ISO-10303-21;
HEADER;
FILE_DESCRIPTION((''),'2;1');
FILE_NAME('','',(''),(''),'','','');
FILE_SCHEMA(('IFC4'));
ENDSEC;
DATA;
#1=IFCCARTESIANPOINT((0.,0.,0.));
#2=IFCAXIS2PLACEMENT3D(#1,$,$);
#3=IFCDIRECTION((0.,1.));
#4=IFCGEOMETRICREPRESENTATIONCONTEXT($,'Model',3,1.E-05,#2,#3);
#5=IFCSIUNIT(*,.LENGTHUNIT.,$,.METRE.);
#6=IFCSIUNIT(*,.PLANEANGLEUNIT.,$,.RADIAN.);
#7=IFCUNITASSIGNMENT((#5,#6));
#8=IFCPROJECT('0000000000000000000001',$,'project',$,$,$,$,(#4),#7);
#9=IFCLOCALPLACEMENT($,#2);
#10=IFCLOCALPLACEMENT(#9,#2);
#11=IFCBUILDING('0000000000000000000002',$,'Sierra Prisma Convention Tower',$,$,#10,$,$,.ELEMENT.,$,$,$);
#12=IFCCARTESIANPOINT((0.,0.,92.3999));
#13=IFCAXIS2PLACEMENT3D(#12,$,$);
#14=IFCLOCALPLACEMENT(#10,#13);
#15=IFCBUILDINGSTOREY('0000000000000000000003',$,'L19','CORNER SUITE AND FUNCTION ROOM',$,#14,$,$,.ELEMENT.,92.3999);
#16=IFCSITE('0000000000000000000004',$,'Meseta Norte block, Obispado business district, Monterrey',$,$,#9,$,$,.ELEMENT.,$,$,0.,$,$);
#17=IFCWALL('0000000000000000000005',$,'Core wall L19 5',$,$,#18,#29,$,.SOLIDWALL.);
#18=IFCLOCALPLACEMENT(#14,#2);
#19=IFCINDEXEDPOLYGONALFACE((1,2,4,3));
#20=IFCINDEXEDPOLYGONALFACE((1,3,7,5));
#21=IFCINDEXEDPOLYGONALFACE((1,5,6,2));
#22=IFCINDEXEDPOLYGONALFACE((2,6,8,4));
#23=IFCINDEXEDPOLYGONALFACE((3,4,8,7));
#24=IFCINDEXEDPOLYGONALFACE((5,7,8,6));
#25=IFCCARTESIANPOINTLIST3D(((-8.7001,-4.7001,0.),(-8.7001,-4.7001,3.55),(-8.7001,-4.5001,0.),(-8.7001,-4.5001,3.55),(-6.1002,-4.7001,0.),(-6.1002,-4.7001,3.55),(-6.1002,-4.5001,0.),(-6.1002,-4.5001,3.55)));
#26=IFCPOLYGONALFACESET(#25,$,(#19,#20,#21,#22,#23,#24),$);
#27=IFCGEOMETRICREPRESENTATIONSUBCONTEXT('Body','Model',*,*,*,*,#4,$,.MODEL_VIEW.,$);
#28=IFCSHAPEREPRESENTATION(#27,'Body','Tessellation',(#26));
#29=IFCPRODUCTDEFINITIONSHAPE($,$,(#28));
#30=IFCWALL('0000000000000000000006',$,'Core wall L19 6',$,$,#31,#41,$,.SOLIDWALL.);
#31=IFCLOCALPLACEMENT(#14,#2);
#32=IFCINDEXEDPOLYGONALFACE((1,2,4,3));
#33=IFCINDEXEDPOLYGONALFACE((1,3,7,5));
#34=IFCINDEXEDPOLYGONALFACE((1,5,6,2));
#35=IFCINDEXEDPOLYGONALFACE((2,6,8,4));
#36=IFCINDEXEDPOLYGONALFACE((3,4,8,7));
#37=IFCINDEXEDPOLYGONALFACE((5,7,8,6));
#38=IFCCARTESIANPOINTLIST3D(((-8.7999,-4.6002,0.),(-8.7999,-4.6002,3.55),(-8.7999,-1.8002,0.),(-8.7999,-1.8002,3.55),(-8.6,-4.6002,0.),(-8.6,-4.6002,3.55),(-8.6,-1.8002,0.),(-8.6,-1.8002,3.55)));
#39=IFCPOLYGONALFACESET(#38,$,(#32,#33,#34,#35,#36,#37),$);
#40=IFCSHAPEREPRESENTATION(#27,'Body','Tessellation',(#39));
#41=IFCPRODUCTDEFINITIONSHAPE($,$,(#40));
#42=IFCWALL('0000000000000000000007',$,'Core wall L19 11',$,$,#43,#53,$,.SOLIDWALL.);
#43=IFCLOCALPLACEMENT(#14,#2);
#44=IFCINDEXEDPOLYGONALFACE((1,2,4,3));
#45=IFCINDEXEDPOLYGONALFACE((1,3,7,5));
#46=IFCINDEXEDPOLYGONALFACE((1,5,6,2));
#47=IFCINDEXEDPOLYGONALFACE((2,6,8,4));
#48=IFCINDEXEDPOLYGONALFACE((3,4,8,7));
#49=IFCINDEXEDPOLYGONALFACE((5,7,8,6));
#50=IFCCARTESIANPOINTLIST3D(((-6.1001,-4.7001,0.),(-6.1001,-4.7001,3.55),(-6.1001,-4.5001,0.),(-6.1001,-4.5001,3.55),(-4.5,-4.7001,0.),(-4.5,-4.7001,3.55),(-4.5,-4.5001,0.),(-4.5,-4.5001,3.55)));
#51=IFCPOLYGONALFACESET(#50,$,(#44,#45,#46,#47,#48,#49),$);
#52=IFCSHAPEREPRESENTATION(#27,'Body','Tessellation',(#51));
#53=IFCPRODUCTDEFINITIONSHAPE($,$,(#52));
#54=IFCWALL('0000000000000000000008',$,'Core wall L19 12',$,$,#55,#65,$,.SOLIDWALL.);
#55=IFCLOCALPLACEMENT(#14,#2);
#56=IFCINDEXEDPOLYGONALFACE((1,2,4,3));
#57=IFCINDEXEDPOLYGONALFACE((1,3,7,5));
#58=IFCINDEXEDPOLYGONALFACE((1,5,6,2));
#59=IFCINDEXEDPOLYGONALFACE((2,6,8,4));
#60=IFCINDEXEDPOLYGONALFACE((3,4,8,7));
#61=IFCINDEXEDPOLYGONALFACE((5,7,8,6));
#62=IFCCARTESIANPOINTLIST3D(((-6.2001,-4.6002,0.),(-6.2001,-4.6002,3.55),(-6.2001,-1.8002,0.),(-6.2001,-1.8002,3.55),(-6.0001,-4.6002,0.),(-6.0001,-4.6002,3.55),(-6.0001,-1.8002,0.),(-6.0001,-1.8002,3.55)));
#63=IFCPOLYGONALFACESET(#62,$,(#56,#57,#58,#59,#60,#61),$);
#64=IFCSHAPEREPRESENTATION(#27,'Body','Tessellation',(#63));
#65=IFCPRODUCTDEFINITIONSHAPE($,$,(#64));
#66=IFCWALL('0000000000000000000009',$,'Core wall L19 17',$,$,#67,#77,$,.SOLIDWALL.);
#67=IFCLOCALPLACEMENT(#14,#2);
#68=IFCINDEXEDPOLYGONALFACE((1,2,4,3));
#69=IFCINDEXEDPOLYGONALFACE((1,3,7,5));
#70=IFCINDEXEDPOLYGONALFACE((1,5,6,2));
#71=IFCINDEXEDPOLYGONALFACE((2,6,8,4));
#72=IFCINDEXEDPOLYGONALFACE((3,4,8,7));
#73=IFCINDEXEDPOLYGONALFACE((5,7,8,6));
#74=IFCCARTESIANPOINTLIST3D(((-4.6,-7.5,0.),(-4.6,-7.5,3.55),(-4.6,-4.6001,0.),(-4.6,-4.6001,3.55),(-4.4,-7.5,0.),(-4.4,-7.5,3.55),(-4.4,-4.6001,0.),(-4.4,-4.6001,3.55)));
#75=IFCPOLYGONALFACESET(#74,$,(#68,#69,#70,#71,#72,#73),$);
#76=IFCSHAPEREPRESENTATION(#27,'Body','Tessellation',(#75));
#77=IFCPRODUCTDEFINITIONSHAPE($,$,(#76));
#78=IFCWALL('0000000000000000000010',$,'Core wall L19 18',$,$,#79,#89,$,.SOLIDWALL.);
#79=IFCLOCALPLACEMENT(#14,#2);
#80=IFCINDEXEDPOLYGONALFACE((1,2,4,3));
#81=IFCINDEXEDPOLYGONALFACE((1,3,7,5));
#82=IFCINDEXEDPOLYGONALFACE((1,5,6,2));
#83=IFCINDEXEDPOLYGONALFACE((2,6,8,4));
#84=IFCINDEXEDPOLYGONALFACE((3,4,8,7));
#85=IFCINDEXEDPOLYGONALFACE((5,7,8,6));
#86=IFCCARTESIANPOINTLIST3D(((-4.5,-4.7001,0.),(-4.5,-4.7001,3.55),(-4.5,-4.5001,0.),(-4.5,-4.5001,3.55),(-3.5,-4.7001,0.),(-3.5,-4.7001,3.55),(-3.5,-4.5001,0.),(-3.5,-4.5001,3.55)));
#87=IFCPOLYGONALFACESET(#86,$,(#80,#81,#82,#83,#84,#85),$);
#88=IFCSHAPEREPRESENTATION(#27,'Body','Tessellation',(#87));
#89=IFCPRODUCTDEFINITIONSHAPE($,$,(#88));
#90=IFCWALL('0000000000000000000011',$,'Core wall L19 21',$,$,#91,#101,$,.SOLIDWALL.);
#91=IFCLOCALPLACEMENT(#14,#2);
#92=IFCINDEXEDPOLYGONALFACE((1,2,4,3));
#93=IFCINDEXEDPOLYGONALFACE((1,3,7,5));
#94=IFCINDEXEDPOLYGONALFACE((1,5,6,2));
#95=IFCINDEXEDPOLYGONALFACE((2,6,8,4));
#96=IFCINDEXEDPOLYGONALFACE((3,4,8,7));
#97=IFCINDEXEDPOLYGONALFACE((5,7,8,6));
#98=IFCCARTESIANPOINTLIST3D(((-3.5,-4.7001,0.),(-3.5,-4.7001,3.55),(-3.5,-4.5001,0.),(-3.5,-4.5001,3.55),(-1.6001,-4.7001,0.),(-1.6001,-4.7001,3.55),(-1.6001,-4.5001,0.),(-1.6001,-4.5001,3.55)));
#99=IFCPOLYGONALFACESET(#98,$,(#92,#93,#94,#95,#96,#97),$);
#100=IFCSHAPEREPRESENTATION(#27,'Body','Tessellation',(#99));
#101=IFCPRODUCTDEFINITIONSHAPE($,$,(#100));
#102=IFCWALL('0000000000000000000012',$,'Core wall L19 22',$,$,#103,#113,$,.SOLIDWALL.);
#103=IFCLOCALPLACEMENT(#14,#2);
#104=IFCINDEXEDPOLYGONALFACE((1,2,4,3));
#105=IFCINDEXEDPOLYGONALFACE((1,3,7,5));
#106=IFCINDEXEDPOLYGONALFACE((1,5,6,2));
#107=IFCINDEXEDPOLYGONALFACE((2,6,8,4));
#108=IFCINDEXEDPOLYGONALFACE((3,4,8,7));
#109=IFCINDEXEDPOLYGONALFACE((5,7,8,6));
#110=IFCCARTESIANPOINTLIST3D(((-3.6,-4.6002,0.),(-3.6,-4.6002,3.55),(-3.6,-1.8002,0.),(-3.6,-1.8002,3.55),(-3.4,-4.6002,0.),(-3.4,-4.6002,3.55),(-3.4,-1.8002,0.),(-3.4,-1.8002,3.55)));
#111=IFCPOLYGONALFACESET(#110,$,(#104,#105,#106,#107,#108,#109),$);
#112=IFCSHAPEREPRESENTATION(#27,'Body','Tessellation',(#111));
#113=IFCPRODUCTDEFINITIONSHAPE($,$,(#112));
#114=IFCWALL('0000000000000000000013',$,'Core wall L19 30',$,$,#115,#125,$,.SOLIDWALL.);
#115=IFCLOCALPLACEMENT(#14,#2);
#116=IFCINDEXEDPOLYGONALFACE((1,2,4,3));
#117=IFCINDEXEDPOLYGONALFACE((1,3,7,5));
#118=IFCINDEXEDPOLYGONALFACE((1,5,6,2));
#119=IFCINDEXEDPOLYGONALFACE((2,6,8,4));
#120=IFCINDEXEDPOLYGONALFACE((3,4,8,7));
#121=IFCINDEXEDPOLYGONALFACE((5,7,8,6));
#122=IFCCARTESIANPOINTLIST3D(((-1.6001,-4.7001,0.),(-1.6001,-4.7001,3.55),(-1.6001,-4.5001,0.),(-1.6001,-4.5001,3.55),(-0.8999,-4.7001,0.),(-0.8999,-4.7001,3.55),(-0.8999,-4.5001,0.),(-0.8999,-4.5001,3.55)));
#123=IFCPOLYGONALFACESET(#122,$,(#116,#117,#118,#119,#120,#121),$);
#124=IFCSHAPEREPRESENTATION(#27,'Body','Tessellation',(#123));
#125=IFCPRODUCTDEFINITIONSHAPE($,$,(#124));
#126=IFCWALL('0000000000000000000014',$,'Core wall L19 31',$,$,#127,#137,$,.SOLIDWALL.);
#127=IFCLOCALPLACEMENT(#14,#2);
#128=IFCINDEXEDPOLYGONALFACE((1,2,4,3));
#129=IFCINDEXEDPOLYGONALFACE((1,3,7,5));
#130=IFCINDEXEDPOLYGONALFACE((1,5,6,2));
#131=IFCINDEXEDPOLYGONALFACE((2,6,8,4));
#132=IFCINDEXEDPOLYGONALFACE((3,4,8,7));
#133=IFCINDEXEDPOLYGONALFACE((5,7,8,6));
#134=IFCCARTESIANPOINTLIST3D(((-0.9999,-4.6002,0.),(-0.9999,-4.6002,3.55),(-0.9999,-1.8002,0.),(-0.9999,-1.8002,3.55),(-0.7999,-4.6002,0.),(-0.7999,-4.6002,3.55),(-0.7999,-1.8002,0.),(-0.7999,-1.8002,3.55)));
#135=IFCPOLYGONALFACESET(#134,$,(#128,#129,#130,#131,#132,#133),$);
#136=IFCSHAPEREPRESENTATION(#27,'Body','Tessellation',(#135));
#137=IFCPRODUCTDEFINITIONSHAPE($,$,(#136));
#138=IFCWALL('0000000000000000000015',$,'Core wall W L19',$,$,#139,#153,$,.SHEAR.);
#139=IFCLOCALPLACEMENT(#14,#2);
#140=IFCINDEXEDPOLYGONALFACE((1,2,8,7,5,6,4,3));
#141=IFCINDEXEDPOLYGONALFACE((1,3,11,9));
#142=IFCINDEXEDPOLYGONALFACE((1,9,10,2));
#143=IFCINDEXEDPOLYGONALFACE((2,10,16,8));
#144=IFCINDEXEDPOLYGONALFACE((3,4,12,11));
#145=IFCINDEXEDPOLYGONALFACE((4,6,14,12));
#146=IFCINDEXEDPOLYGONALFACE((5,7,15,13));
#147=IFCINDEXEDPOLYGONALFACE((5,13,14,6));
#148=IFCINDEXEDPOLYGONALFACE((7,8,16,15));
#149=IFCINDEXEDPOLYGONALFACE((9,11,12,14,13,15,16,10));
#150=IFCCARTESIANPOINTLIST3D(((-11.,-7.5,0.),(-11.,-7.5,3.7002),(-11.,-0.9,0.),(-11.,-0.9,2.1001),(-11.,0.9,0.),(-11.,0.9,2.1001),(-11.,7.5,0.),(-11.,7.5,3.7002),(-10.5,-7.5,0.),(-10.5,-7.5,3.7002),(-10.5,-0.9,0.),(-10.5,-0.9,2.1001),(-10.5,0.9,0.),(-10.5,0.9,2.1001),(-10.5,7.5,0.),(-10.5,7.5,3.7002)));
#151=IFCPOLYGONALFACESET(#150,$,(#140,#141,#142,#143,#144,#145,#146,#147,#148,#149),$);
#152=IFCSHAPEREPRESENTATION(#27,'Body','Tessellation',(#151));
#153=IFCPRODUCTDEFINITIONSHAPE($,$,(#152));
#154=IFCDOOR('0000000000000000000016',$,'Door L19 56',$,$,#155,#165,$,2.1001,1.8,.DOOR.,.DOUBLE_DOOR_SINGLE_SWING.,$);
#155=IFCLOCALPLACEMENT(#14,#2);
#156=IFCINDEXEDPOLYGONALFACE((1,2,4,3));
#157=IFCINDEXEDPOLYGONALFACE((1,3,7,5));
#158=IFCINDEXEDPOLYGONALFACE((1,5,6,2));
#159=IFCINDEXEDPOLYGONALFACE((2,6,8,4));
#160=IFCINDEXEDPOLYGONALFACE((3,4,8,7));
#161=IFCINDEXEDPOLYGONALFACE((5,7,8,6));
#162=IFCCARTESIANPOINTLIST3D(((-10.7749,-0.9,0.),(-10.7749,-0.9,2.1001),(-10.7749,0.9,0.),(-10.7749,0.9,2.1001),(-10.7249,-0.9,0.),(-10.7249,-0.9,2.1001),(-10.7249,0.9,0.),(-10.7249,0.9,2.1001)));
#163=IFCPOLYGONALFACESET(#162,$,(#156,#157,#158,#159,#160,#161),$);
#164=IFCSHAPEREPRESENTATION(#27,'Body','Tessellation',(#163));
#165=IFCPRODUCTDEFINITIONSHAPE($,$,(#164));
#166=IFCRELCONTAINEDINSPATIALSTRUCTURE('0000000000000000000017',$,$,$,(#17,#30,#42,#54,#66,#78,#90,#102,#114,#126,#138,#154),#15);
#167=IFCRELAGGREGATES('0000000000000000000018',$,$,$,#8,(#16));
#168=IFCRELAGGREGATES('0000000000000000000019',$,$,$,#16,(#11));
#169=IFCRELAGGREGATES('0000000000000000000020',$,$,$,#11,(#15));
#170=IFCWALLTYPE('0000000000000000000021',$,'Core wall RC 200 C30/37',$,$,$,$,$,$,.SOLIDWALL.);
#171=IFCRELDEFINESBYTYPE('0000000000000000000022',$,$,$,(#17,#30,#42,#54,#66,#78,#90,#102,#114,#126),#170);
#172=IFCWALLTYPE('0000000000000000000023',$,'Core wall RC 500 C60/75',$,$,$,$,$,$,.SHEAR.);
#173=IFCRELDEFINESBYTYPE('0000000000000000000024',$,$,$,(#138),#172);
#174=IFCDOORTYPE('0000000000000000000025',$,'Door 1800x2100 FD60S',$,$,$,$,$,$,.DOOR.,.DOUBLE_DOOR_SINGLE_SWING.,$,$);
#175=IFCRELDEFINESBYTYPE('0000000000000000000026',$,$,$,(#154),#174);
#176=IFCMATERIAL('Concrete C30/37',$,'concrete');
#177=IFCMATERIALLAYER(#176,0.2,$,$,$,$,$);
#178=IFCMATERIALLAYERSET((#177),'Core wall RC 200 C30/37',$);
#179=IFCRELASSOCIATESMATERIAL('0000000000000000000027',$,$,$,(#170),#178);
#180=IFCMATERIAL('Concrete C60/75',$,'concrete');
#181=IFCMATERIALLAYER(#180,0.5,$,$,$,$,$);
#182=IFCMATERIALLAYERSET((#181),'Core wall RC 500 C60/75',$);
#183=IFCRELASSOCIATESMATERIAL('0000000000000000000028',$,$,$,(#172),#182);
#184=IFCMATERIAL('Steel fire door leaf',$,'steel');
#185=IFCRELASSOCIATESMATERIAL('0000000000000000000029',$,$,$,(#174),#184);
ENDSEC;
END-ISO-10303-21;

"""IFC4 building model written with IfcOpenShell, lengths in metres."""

from ifc_helpers import new_model, si_unit, direction, frame, frame_2d, origin, place, context, subcontext, project, spatial, rectangle, extrude, material, layer, layer_set, type_object, element, fill, save


model = new_model("IFC4")

# Units and contexts
model_context = context("Model", 3, precision=1e-05, world=origin(), true_north=direction((0.0, 1.0)))
body_context = subcontext(model_context, "Body", "Model", "MODEL_VIEW")
ifc_project = project(units=[si_unit("LENGTHUNIT", "METRE"), si_unit("PLANEANGLEUNIT", "RADIAN")], contexts=[model_context])

# Site, building, storey
site_placement = place(None, origin())
site = spatial("IfcSite", under=ifc_project, at=site_placement, Name="Meseta Norte block, Obispado business district, Monterrey", CompositionType="ELEMENT", RefElevation=0.0)
building_placement = place(site_placement, origin())
building = spatial("IfcBuilding", under=site, at=building_placement, Name="Sierra Prisma Convention Tower", CompositionType="ELEMENT")
storey_placement = place(building_placement, frame((0.0, 0.0, 92.3999)))
storey = spatial("IfcBuildingStorey", under=building, at=storey_placement, Name="L19", Description="CORNER SUITE AND FUNCTION ROOM", CompositionType="ELEMENT", Elevation=92.3999)

# Shared definitions
ifc_material_1 = material(Name="Concrete C30/37", Category="concrete")
ifc_layer_1 = layer(ifc_material_1, 0.2)
ifc_layer_set_1 = layer_set([ifc_layer_1], Name="Core wall RC 200 C30/37")
wall_type_1 = type_object("IfcWallType", Name="Core wall RC 200 C30/37", PredefinedType="SOLIDWALL", material=ifc_layer_set_1)

# Walls
wall_1_placement = place(storey_placement, frame((-8.7, -4.6001, 0.0), z_axis=(0.0, 0.0, 1.0), x_axis=(1.0, 0.0, 0.0)))
element("IfcWall", 1, at=wall_1_placement, inside=storey, type_object=wall_type_1, Name="Core wall L19 5", PredefinedType="SOLIDWALL", context=body_context, shape_type="SweptSolid", body=[
    extrude(rectangle(XDim=2.5999, YDim=0.2, at=frame_2d((1.2998, 0.0))), origin(), (0.0, 0.0, 1.0), 3.55),
])
wall_2_placement = place(storey_placement, frame((-8.7, -4.6001, 0.0), z_axis=(0.0, 0.0, 1.0), x_axis=(0.0, 1.0, 0.0)))
element("IfcWall", 2, at=wall_2_placement, inside=storey, type_object=wall_type_1, Name="Core wall L19 6", PredefinedType="SOLIDWALL", context=body_context, shape_type="SweptSolid", body=[
    extrude(rectangle(XDim=2.8, YDim=0.2, at=frame_2d((1.3999, 0.0))), origin(), (0.0, 0.0, 1.0), 3.55),
])
wall_3_placement = place(storey_placement, frame((-6.1001, -4.6001, 0.0), z_axis=(0.0, 0.0, 1.0), x_axis=(1.0, 0.0, 0.0)))
element("IfcWall", 3, at=wall_3_placement, inside=storey, type_object=wall_type_1, Name="Core wall L19 11", PredefinedType="SOLIDWALL", context=body_context, shape_type="SweptSolid", body=[
    extrude(rectangle(XDim=1.6001, YDim=0.2, at=frame_2d((0.8, 0.0))), origin(), (0.0, 0.0, 1.0), 3.55),
])
wall_4_placement = place(storey_placement, frame((-6.1001, -4.6001, 0.0), z_axis=(0.0, 0.0, 1.0), x_axis=(0.0, 1.0, 0.0)))
element("IfcWall", 4, at=wall_4_placement, inside=storey, type_object=wall_type_1, Name="Core wall L19 12", PredefinedType="SOLIDWALL", context=body_context, shape_type="SweptSolid", body=[
    extrude(rectangle(XDim=2.8, YDim=0.2, at=frame_2d((1.3999, 0.0))), origin(), (0.0, 0.0, 1.0), 3.55),
])
wall_5_placement = place(storey_placement, frame((-4.5, -4.6001, 0.0), z_axis=(0.0, 0.0, 1.0), x_axis=(0.0, -1.0, 0.0)))
element("IfcWall", 5, at=wall_5_placement, inside=storey, type_object=wall_type_1, Name="Core wall L19 17", PredefinedType="SOLIDWALL", context=body_context, shape_type="SweptSolid", body=[
    extrude(rectangle(XDim=2.8999, YDim=0.2, at=frame_2d((1.45, 0.0))), origin(), (0.0, 0.0, 1.0), 3.55),
])
wall_6_placement = place(storey_placement, frame((-4.5, -4.6001, 0.0), z_axis=(0.0, 0.0, 1.0), x_axis=(1.0, 0.0, 0.0)))
element("IfcWall", 6, at=wall_6_placement, inside=storey, type_object=wall_type_1, Name="Core wall L19 18", PredefinedType="SOLIDWALL", context=body_context, shape_type="SweptSolid", body=[
    extrude(rectangle(XDim=1.0, YDim=0.2, at=frame_2d((0.5, 0.0))), origin(), (0.0, 0.0, 1.0), 3.55),
])
wall_7_placement = place(storey_placement, frame((-3.5, -4.6001, 0.0), z_axis=(0.0, 0.0, 1.0), x_axis=(1.0, 0.0, 0.0)))
element("IfcWall", 7, at=wall_7_placement, inside=storey, type_object=wall_type_1, Name="Core wall L19 21", PredefinedType="SOLIDWALL", context=body_context, shape_type="SweptSolid", body=[
    extrude(rectangle(XDim=1.8999, YDim=0.2, at=frame_2d((0.95, 0.0))), origin(), (0.0, 0.0, 1.0), 3.55),
])
wall_8_placement = place(storey_placement, frame((-3.5, -4.6001, 0.0), z_axis=(0.0, 0.0, 1.0), x_axis=(0.0, 1.0, 0.0)))
element("IfcWall", 8, at=wall_8_placement, inside=storey, type_object=wall_type_1, Name="Core wall L19 22", PredefinedType="SOLIDWALL", context=body_context, shape_type="SweptSolid", body=[
    extrude(rectangle(XDim=2.8, YDim=0.2, at=frame_2d((1.3999, 0.0))), origin(), (0.0, 0.0, 1.0), 3.55),
])

# Walls
wall_9_placement = place(storey_placement, frame((-1.6001, -4.6001, 0.0), z_axis=(0.0, 0.0, 1.0), x_axis=(1.0, 0.0, 0.0)))
element("IfcWall", 9, at=wall_9_placement, inside=storey, type_object=wall_type_1, Name="Core wall L19 30", PredefinedType="SOLIDWALL", context=body_context, shape_type="SweptSolid", body=[
    extrude(rectangle(XDim=0.7002, YDim=0.2, at=frame_2d((0.3501, 0.0))), origin(), (0.0, 0.0, 1.0), 3.55),
])
wall_10_placement = place(storey_placement, frame((-0.8999, -4.6001, 0.0), z_axis=(0.0, 0.0, 1.0), x_axis=(0.0, 1.0, 0.0)))
element("IfcWall", 10, at=wall_10_placement, inside=storey, type_object=wall_type_1, Name="Core wall L19 31", PredefinedType="SOLIDWALL", context=body_context, shape_type="SweptSolid", body=[
    extrude(rectangle(XDim=2.8, YDim=0.2, at=frame_2d((1.3999, 0.0))), origin(), (0.0, 0.0, 1.0), 3.55),
])

# Wall, opening, door
ifc_material_2 = material(Name="Concrete C60/75", Category="concrete")
ifc_layer_2 = layer(ifc_material_2, 0.5)
ifc_layer_set_2 = layer_set([ifc_layer_2], Name="Core wall RC 500 C60/75")
wall_type_2 = type_object("IfcWallType", Name="Core wall RC 500 C60/75", PredefinedType="SHEAR", material=ifc_layer_set_2)
wall_11_placement = place(storey_placement, frame((-10.75, -7.5, 0.0), z_axis=(0.0, 0.0, 1.0), x_axis=(0.0, 1.0, 0.0)))
wall_11 = element("IfcWall", 11, at=wall_11_placement, inside=storey, type_object=wall_type_2, Name="Core wall W L19", PredefinedType="SHEAR", context=body_context, shape_type="SweptSolid", body=[
    extrude(rectangle(XDim=15.0, YDim=0.5, at=frame_2d((7.5, 0.0))), origin(), (0.0, 0.0, 1.0), 3.7002),
])
opening_1_placement = place(wall_11_placement, frame((6.6001, 0.0, 0.0)))
opening_1 = element("IfcOpeningElement", 12, at=opening_1_placement, cuts=wall_11, PredefinedType="OPENING", context=body_context, shape_type="SweptSolid", body=[
    extrude(rectangle(XDim=1.8, YDim=2.1001, at=frame_2d((0.8999, 1.05))), frame((0.0, 0.25, 0.0), z_axis=(0.0, -1.0, 0.0), x_axis=(1.0, 0.0, 0.0)), (0.0, 0.0, 1.0), 0.5),
])
ifc_material_3 = material(Name="Steel fire door leaf", Category="steel")
door_type_1 = type_object("IfcDoorType", Name="Door 1800x2100 FD60S", OperationType="DOUBLE_DOOR_SINGLE_SWING", PredefinedType="DOOR", material=ifc_material_3)
door_1_placement = place(opening_1_placement, origin())
door_1 = element("IfcDoor", 13, at=door_1_placement, inside=storey, type_object=door_type_1, Name="Door L19 56", OperationType="DOUBLE_DOOR_SINGLE_SWING", OverallHeight=2.1001, OverallWidth=1.8, PredefinedType="DOOR", context=body_context, shape_type="SweptSolid", body=[
    extrude(rectangle(XDim=1.8, YDim=2.1001, at=frame_2d((0.8999, 1.05))), frame((0.0, 0.0249, 0.0), z_axis=(0.0, -1.0, 0.0), x_axis=(1.0, 0.0, 0.0)), (0.0, 0.0, 1.0), 0.05),
])
fill(opening_1, door_1)

save(model, "model.ifc")
